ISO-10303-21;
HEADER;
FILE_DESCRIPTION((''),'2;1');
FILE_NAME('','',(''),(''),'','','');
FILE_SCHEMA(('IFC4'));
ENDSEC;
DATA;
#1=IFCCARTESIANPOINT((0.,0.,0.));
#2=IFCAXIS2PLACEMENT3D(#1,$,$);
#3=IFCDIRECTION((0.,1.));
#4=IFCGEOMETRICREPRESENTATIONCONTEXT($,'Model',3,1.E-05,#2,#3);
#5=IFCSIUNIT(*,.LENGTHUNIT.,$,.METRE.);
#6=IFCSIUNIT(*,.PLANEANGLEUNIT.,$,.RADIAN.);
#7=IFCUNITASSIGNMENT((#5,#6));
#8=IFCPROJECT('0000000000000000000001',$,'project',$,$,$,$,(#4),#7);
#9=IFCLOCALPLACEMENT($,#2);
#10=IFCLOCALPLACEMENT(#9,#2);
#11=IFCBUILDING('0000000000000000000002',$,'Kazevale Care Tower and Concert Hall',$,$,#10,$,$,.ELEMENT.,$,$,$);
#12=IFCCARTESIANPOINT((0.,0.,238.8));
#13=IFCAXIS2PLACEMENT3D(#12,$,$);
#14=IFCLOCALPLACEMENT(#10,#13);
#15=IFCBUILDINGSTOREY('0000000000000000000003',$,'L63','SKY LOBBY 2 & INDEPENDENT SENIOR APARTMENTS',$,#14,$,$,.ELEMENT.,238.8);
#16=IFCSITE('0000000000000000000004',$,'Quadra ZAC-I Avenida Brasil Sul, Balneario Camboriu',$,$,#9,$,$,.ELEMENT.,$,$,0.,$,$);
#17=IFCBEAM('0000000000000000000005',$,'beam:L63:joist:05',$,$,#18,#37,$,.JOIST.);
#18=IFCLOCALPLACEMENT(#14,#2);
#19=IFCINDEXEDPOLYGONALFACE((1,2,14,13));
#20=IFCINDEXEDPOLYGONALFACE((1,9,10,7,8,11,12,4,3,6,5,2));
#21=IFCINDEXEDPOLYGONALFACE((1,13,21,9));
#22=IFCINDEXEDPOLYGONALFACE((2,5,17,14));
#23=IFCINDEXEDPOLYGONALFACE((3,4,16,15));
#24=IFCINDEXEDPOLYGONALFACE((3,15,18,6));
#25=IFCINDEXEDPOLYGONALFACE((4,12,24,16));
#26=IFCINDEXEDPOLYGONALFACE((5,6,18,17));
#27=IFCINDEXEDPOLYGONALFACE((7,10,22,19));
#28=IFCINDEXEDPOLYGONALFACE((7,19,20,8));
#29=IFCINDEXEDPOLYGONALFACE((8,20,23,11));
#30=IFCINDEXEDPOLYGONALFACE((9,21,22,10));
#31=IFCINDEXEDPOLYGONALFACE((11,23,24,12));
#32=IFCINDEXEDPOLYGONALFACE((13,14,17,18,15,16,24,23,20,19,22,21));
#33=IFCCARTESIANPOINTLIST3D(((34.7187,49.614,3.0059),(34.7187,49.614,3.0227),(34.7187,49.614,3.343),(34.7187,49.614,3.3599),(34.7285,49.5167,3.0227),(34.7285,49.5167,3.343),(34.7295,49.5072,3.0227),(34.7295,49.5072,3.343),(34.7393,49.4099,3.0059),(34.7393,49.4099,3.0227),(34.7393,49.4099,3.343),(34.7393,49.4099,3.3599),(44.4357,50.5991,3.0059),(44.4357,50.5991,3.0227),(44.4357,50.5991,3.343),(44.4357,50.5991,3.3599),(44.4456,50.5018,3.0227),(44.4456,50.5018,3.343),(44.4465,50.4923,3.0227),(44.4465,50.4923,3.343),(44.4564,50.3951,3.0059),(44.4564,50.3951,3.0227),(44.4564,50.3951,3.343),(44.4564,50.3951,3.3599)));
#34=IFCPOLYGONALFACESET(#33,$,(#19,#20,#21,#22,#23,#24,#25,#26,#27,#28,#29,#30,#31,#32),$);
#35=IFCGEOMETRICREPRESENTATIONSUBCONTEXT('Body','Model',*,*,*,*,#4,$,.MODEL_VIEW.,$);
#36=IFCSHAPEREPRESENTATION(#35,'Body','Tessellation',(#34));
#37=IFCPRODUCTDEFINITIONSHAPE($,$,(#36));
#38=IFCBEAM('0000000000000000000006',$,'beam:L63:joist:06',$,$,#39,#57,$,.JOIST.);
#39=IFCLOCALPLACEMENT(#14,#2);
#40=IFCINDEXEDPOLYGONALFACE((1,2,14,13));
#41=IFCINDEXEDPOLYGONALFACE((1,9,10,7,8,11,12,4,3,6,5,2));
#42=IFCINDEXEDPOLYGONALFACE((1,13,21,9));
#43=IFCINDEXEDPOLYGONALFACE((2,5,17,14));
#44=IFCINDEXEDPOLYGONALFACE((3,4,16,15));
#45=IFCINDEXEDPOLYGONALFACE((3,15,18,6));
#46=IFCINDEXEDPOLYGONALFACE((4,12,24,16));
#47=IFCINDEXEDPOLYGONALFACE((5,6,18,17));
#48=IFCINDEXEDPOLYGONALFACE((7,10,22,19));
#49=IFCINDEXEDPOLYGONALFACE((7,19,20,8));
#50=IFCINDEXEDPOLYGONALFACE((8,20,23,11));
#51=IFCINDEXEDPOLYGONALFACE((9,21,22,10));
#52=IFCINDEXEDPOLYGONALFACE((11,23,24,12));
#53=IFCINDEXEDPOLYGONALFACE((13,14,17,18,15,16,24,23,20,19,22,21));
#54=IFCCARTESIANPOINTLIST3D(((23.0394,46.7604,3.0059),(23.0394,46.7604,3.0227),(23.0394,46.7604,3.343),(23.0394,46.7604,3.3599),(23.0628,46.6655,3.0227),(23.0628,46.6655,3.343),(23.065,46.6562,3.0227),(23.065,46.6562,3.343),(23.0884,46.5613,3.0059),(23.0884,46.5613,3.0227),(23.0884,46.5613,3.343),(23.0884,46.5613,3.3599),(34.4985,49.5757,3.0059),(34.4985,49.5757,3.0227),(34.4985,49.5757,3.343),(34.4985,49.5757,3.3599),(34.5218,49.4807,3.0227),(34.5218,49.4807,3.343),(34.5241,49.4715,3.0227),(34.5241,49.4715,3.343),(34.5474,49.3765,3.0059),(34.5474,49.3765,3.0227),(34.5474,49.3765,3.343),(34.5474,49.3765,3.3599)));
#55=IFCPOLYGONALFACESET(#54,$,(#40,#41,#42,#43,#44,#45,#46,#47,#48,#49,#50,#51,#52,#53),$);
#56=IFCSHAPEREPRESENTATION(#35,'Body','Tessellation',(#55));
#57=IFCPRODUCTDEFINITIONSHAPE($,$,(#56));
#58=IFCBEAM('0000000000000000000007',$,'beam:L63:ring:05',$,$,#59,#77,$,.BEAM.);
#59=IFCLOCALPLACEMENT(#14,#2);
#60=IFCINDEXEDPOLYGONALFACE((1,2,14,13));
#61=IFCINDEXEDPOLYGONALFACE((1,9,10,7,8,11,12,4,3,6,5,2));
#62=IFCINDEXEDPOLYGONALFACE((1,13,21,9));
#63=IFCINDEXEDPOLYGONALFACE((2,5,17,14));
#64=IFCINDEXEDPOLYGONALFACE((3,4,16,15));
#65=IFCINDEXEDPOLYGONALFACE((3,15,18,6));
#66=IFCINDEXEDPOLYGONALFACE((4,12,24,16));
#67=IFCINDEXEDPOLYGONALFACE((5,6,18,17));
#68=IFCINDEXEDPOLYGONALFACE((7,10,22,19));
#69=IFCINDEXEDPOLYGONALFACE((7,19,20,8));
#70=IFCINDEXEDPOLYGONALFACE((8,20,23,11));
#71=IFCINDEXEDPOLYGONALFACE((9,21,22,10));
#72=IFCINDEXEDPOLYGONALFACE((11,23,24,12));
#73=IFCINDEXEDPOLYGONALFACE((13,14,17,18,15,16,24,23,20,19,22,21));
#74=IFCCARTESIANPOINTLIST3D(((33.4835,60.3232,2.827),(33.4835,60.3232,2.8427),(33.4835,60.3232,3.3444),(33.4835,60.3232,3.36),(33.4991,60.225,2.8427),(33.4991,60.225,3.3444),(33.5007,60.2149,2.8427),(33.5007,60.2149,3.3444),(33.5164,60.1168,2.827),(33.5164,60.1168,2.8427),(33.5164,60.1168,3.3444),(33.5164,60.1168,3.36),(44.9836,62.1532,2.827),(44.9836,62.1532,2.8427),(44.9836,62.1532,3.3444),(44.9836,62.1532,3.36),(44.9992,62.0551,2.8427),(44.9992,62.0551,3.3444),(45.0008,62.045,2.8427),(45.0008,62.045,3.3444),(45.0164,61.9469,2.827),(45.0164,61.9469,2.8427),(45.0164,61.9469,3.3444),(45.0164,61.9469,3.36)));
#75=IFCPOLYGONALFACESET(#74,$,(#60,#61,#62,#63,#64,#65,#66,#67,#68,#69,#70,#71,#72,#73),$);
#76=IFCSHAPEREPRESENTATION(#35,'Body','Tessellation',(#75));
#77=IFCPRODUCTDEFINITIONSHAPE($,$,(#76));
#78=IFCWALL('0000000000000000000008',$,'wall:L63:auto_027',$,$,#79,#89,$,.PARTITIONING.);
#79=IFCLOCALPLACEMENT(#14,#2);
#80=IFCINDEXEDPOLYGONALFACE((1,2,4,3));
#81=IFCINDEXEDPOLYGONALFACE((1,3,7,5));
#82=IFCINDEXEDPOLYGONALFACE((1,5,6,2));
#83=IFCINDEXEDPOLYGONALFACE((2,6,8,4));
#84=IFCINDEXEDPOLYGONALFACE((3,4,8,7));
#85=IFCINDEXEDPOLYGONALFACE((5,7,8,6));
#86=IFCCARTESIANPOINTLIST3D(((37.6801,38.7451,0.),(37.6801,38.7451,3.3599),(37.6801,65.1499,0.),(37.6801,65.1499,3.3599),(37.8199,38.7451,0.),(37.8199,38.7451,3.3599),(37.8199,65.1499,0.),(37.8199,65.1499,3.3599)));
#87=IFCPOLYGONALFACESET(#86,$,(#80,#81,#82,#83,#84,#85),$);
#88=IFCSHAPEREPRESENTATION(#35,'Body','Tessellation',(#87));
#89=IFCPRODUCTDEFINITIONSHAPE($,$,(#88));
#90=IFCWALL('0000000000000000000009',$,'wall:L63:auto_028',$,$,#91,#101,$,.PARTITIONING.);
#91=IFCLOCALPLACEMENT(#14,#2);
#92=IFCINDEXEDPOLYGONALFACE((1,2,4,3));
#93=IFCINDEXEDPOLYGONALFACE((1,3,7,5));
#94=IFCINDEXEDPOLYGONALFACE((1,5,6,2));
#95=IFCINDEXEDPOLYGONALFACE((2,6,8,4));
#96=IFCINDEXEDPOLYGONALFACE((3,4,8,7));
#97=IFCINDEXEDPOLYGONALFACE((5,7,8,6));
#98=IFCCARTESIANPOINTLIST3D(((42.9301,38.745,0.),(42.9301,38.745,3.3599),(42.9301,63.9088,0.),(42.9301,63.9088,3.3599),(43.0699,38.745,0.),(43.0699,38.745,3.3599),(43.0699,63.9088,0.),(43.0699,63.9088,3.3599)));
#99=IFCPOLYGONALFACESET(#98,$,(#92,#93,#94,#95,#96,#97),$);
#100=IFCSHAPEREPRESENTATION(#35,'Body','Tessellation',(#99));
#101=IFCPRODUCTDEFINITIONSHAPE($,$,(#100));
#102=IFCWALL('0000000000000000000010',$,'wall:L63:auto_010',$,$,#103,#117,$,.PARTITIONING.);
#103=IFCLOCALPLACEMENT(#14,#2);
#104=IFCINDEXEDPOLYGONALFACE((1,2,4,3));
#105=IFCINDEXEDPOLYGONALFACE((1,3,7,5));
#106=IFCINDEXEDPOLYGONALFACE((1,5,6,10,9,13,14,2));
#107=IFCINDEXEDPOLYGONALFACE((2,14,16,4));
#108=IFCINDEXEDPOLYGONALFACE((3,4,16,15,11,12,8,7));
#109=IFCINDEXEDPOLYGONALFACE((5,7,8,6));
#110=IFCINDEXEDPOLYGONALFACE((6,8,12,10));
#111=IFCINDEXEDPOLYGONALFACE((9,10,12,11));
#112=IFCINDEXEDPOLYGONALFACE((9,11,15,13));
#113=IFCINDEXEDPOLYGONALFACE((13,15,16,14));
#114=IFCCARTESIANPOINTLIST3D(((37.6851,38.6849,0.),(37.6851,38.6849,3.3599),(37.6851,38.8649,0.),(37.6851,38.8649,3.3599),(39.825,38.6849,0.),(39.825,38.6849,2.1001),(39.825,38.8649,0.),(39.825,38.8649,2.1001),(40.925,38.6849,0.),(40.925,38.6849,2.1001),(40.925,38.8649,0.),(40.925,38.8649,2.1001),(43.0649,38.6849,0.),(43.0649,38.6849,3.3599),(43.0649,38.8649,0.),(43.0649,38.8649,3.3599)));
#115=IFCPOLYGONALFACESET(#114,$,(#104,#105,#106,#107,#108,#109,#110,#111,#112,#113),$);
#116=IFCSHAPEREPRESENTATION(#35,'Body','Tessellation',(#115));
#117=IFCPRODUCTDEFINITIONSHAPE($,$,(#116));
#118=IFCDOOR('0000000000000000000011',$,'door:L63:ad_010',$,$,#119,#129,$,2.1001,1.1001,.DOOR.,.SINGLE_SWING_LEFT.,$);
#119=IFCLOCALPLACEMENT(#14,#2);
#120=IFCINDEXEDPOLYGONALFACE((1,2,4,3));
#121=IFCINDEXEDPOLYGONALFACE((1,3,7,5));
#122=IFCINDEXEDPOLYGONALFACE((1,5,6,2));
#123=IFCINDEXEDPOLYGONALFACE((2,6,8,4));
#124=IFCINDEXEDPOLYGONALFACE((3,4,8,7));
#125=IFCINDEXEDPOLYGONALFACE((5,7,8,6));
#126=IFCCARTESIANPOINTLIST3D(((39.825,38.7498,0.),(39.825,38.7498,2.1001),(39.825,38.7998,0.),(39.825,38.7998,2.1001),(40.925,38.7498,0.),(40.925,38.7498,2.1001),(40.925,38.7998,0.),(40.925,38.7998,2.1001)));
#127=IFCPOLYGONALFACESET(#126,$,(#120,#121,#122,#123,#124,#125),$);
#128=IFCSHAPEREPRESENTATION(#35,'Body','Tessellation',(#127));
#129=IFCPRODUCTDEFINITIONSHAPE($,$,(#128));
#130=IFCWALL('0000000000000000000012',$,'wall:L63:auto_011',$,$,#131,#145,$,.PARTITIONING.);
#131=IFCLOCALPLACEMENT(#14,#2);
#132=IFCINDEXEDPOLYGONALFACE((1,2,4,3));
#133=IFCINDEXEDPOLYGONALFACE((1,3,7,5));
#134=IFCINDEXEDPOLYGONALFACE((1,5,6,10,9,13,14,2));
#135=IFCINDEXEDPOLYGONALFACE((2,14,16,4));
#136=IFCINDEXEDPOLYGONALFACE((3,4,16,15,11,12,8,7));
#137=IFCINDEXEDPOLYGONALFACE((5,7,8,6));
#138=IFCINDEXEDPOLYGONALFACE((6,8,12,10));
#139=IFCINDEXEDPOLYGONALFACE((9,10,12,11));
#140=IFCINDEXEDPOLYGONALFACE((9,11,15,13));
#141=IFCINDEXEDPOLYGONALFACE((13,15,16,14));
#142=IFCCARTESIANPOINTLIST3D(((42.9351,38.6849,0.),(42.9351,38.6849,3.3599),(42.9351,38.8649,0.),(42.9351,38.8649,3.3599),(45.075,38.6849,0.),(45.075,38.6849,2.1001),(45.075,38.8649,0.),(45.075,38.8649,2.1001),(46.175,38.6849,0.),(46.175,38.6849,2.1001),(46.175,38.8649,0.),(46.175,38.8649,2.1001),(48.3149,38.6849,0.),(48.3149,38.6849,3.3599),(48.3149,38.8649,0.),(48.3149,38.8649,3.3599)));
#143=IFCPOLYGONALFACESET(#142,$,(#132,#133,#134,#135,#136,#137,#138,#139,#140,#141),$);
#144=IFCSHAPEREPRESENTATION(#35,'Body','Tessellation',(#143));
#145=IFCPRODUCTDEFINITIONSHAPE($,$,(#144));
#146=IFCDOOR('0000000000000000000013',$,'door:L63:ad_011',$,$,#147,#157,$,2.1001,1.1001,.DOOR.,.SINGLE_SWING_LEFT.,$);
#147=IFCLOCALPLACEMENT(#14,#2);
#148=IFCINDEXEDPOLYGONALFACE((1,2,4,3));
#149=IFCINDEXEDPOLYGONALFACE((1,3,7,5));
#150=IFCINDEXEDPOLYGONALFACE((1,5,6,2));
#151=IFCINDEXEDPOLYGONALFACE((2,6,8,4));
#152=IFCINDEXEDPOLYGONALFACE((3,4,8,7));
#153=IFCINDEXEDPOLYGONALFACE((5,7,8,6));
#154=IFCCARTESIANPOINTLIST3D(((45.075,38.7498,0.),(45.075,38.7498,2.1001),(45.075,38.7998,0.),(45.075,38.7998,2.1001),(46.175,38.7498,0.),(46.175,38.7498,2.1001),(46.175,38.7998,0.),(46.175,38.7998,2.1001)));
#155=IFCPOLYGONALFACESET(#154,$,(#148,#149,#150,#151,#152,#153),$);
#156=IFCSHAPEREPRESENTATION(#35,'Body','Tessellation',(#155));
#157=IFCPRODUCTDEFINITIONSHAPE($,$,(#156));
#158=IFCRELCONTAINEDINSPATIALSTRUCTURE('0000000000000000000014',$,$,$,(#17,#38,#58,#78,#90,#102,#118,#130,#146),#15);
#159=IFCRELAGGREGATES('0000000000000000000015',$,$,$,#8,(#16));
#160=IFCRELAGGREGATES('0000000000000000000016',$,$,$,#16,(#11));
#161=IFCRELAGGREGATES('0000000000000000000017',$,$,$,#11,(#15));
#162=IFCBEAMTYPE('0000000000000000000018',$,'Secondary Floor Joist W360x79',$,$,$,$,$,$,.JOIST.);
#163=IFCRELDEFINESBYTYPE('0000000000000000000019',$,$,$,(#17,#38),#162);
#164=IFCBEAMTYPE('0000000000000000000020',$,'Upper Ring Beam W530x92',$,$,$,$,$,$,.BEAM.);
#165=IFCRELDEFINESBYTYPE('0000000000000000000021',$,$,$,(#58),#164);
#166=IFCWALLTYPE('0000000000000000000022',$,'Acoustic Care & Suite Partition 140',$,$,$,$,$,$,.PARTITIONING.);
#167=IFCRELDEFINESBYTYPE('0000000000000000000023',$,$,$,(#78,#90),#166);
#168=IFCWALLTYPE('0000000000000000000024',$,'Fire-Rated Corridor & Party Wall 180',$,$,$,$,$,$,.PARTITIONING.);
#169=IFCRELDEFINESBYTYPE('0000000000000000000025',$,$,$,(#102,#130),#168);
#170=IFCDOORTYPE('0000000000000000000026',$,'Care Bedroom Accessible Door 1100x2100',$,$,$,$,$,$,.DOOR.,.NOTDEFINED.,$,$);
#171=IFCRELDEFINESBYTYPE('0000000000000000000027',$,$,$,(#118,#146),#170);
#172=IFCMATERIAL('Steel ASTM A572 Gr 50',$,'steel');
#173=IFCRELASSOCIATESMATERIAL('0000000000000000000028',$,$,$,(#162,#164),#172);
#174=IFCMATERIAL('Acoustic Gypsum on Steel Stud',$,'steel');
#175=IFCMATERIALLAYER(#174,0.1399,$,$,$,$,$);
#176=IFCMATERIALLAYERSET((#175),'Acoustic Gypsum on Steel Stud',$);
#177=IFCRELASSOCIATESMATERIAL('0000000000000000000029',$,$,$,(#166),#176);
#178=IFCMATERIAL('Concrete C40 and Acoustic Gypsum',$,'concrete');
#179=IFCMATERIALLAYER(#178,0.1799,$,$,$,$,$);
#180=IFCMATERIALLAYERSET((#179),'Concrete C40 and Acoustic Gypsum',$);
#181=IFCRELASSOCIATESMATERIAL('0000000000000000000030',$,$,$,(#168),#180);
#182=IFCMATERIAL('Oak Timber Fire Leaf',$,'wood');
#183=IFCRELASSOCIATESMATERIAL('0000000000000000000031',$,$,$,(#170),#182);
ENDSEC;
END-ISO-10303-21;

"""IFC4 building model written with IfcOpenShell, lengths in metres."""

from ifc_helpers import new_model, si_unit, direction, frame, frame_2d, origin, origin_2d, place, context, subcontext, project, spatial, rectangle, i_section, extrude, material, layer, layer_set, material_profile, profile_set, type_object, element, fill, save


model = new_model("IFC4")

# Units and contexts
model_context = context("Model", 3, precision=1e-05, world=origin(), true_north=direction((0.0, 1.0)))
body_context = subcontext(model_context, "Body", "Model", "MODEL_VIEW")
ifc_project = project(units=[si_unit("LENGTHUNIT", "METRE"), si_unit("PLANEANGLEUNIT", "RADIAN")], contexts=[model_context])

# Site, building, storey
site_placement = place(None, origin())
site = spatial("IfcSite", under=ifc_project, at=site_placement, Name="Quadra ZAC-I Avenida Brasil Sul, Balneario Camboriu", CompositionType="ELEMENT", RefElevation=0.0)
building_placement = place(site_placement, origin())
building = spatial("IfcBuilding", under=site, at=building_placement, Name="Kazevale Care Tower and Concert Hall", CompositionType="ELEMENT")
storey_placement = place(building_placement, frame((0.0, 0.0, 238.8)))
storey = spatial("IfcBuildingStorey", under=building, at=storey_placement, Name="L63", Description="SKY LOBBY 2 & INDEPENDENT SENIOR APARTMENTS", CompositionType="ELEMENT", Elevation=238.8)

# Beams
ifc_material_1 = material(Name="Steel ASTM A572 Gr 50", Category="steel")
ifc_material_profile_1 = material_profile(ifc_material_1, i_section(OverallWidth=0.2051, OverallDepth=0.354, WebThickness=0.0095, FlangeThickness=0.0168, at=origin_2d()), Name="W360x79")
ifc_profile_set_1 = profile_set([ifc_material_profile_1], Name="Steel ASTM A572 Gr 50")
beam_type_1 = type_object("IfcBeamType", Name="Secondary Floor Joist W360x79", PredefinedType="JOIST", material=ifc_profile_set_1)
beam_1_placement = place(storey_placement, frame((44.446, 50.4971, 3.1829), z_axis=(-0.9949, -0.100862, 0.0), x_axis=(0.100862, -0.9949, 0.0)))
element("IfcBeam", 1, at=beam_1_placement, inside=storey, type_object=beam_type_1, Name="beam:L63:joist:05", PredefinedType="JOIST", context=body_context, shape_type="SweptSolid", body=[
    extrude(i_section(OverallWidth=0.2051, OverallDepth=0.354, WebThickness=0.0095, FlangeThickness=0.0168, at=origin_2d()), origin(), (0.0, 0.0, 1.0), 9.7668),
])
beam_2_placement = place(storey_placement, frame((34.5229, 49.4761, 3.1829), z_axis=(-0.971123, -0.238581, 0.0), x_axis=(0.238581, -0.971123, 0.0)))
element("IfcBeam", 2, at=beam_2_placement, inside=storey, type_object=beam_type_1, Name="beam:L63:joist:06", PredefinedType="JOIST", context=body_context, shape_type="SweptSolid", body=[
    extrude(i_section(OverallWidth=0.2051, OverallDepth=0.354, WebThickness=0.0095, FlangeThickness=0.0168, at=origin_2d()), origin(), (0.0, 0.0, 1.0), 11.7998),
])
ifc_material_profile_2 = material_profile(ifc_material_1, i_section(OverallWidth=0.209, OverallDepth=0.533, WebThickness=0.0103, FlangeThickness=0.0156, at=origin_2d()), Name="W530x92")
ifc_profile_set_2 = profile_set([ifc_material_profile_2], Name="Steel ASTM A572 Gr 50")
beam_type_2 = type_object("IfcBeamType", Name="Upper Ring Beam W530x92", PredefinedType="BEAM", material=ifc_profile_set_2)
beam_3_placement = place(storey_placement, frame((45.0, 62.05, 3.0935), z_axis=(-0.987573, -0.15716, 0.0), x_axis=(0.15716, -0.987573, 0.0)))
element("IfcBeam", 3, at=beam_3_placement, inside=storey, type_object=beam_type_2, Name="beam:L63:ring:05", PredefinedType="BEAM", context=body_context, shape_type="SweptSolid", body=[
    extrude(i_section(OverallWidth=0.209, OverallDepth=0.533, WebThickness=0.0103, FlangeThickness=0.0156, at=origin_2d()), origin(), (0.0, 0.0, 1.0), 11.6448),
])

# Walls
ifc_material_2 = material(Name="Acoustic Gypsum on Steel Stud", Category="steel")
ifc_layer_1 = layer(ifc_material_2, 0.1399)
ifc_layer_set_1 = layer_set([ifc_layer_1], Name="Acoustic Gypsum on Steel Stud")
wall_type_1 = type_object("IfcWallType", Name="Acoustic Care & Suite Partition 140", PredefinedType="PARTITIONING", material=ifc_layer_set_1)
wall_1_placement = place(storey_placement, frame((37.75, 65.1499, 0.0), z_axis=(0.0, 0.0, 1.0), x_axis=(0.0, -1.0, 0.0)))
element("IfcWall", 4, at=wall_1_placement, inside=storey, type_object=wall_type_1, Name="wall:L63:auto_027", PredefinedType="PARTITIONING", context=body_context, shape_type="SweptSolid", body=[
    extrude(rectangle(XDim=26.4048, YDim=0.1399, at=frame_2d((13.2024, 0.0))), origin(), (0.0, 0.0, 1.0), 3.3599),
])
wall_2_placement = place(storey_placement, frame((43.0, 63.9089, 0.0), z_axis=(0.0, 0.0, 1.0), x_axis=(0.0, -1.0, 0.0)))
element("IfcWall", 5, at=wall_2_placement, inside=storey, type_object=wall_type_1, Name="wall:L63:auto_028", PredefinedType="PARTITIONING", context=body_context, shape_type="SweptSolid", body=[
    extrude(rectangle(XDim=25.1638, YDim=0.1399, at=frame_2d((12.582, 0.0))), origin(), (0.0, 0.0, 1.0), 3.3599),
])

# Walls, openings, doors
ifc_material_3 = material(Name="Concrete C40 and Acoustic Gypsum", Category="concrete")
ifc_layer_2 = layer(ifc_material_3, 0.1799)
ifc_layer_set_2 = layer_set([ifc_layer_2], Name="Concrete C40 and Acoustic Gypsum")
wall_type_2 = type_object("IfcWallType", Name="Fire-Rated Corridor & Party Wall 180", PredefinedType="PARTITIONING", material=ifc_layer_set_2)
wall_3_placement = place(storey_placement, frame((37.6851, 38.7749, 0.0), z_axis=(0.0, 0.0, 1.0), x_axis=(1.0, 0.0, 0.0)))
wall_3 = element("IfcWall", 6, at=wall_3_placement, inside=storey, type_object=wall_type_2, Name="wall:L63:auto_010", PredefinedType="PARTITIONING", context=body_context, shape_type="SweptSolid", body=[
    extrude(rectangle(XDim=5.3799, YDim=0.1799, at=frame_2d((2.6899, 0.0))), origin(), (0.0, 0.0, 1.0), 3.3599),
])
opening_1_placement = place(wall_3_placement, frame((2.1399, 0.0, 0.0)))
opening_1 = element("IfcOpeningElement", 7, at=opening_1_placement, cuts=wall_3, PredefinedType="OPENING", context=body_context, shape_type="SweptSolid", body=[
    extrude(rectangle(XDim=1.1001, YDim=2.1001, at=frame_2d((0.55, 1.05))), frame((0.0, 0.0999, 0.0), z_axis=(0.0, -1.0, 0.0), x_axis=(1.0, 0.0, 0.0)), (0.0, 0.0, 1.0), 0.2),
])
ifc_material_4 = material(Name="Oak Timber Fire Leaf", Category="wood")
door_type = type_object("IfcDoorType", Name="Care Bedroom Accessible Door 1100x2100", OperationType="NOTDEFINED", PredefinedType="DOOR", material=ifc_material_4)
door_1_placement = place(opening_1_placement, origin())
door_1 = element("IfcDoor", 8, at=door_1_placement, inside=storey, type_object=door_type, Name="door:L63:ad_010", OperationType="SINGLE_SWING_LEFT", OverallHeight=2.1001, OverallWidth=1.1001, PredefinedType="DOOR", context=body_context, shape_type="SweptSolid", body=[
    extrude(rectangle(XDim=1.1001, YDim=2.1001, at=frame_2d((0.55, 1.05))), frame((0.0, 0.0249, 0.0), z_axis=(0.0, -1.0, 0.0), x_axis=(1.0, 0.0, 0.0)), (0.0, 0.0, 1.0), 0.05),
])
fill(opening_1, door_1)
wall_4_placement = place(storey_placement, frame((42.9351, 38.7749, 0.0), z_axis=(0.0, 0.0, 1.0), x_axis=(1.0, 0.0, 0.0)))
wall_4 = element("IfcWall", 9, at=wall_4_placement, inside=storey, type_object=wall_type_2, Name="wall:L63:auto_011", PredefinedType="PARTITIONING", context=body_context, shape_type="SweptSolid", body=[
    extrude(rectangle(XDim=5.3799, YDim=0.1799, at=frame_2d((2.6899, 0.0))), origin(), (0.0, 0.0, 1.0), 3.3599),
])
opening_2_placement = place(wall_4_placement, frame((2.1399, 0.0, 0.0)))
opening_2 = element("IfcOpeningElement", 10, at=opening_2_placement, cuts=wall_4, PredefinedType="OPENING", context=body_context, shape_type="SweptSolid", body=[
    extrude(rectangle(XDim=1.1001, YDim=2.1001, at=frame_2d((0.55, 1.05))), frame((0.0, 0.0999, 0.0), z_axis=(0.0, -1.0, 0.0), x_axis=(1.0, 0.0, 0.0)), (0.0, 0.0, 1.0), 0.2),
])
door_2_placement = place(opening_2_placement, origin())
door_2 = element("IfcDoor", 11, at=door_2_placement, inside=storey, type_object=door_type, Name="door:L63:ad_011", OperationType="SINGLE_SWING_LEFT", OverallHeight=2.1001, OverallWidth=1.1001, PredefinedType="DOOR", context=body_context, shape_type="SweptSolid", body=[
    extrude(rectangle(XDim=1.1001, YDim=2.1001, at=frame_2d((0.55, 1.05))), frame((0.0, 0.0249, 0.0), z_axis=(0.0, -1.0, 0.0), x_axis=(1.0, 0.0, 0.0)), (0.0, 0.0, 1.0), 0.05),
])
fill(opening_2, door_2)

save(model, "model.ifc")
